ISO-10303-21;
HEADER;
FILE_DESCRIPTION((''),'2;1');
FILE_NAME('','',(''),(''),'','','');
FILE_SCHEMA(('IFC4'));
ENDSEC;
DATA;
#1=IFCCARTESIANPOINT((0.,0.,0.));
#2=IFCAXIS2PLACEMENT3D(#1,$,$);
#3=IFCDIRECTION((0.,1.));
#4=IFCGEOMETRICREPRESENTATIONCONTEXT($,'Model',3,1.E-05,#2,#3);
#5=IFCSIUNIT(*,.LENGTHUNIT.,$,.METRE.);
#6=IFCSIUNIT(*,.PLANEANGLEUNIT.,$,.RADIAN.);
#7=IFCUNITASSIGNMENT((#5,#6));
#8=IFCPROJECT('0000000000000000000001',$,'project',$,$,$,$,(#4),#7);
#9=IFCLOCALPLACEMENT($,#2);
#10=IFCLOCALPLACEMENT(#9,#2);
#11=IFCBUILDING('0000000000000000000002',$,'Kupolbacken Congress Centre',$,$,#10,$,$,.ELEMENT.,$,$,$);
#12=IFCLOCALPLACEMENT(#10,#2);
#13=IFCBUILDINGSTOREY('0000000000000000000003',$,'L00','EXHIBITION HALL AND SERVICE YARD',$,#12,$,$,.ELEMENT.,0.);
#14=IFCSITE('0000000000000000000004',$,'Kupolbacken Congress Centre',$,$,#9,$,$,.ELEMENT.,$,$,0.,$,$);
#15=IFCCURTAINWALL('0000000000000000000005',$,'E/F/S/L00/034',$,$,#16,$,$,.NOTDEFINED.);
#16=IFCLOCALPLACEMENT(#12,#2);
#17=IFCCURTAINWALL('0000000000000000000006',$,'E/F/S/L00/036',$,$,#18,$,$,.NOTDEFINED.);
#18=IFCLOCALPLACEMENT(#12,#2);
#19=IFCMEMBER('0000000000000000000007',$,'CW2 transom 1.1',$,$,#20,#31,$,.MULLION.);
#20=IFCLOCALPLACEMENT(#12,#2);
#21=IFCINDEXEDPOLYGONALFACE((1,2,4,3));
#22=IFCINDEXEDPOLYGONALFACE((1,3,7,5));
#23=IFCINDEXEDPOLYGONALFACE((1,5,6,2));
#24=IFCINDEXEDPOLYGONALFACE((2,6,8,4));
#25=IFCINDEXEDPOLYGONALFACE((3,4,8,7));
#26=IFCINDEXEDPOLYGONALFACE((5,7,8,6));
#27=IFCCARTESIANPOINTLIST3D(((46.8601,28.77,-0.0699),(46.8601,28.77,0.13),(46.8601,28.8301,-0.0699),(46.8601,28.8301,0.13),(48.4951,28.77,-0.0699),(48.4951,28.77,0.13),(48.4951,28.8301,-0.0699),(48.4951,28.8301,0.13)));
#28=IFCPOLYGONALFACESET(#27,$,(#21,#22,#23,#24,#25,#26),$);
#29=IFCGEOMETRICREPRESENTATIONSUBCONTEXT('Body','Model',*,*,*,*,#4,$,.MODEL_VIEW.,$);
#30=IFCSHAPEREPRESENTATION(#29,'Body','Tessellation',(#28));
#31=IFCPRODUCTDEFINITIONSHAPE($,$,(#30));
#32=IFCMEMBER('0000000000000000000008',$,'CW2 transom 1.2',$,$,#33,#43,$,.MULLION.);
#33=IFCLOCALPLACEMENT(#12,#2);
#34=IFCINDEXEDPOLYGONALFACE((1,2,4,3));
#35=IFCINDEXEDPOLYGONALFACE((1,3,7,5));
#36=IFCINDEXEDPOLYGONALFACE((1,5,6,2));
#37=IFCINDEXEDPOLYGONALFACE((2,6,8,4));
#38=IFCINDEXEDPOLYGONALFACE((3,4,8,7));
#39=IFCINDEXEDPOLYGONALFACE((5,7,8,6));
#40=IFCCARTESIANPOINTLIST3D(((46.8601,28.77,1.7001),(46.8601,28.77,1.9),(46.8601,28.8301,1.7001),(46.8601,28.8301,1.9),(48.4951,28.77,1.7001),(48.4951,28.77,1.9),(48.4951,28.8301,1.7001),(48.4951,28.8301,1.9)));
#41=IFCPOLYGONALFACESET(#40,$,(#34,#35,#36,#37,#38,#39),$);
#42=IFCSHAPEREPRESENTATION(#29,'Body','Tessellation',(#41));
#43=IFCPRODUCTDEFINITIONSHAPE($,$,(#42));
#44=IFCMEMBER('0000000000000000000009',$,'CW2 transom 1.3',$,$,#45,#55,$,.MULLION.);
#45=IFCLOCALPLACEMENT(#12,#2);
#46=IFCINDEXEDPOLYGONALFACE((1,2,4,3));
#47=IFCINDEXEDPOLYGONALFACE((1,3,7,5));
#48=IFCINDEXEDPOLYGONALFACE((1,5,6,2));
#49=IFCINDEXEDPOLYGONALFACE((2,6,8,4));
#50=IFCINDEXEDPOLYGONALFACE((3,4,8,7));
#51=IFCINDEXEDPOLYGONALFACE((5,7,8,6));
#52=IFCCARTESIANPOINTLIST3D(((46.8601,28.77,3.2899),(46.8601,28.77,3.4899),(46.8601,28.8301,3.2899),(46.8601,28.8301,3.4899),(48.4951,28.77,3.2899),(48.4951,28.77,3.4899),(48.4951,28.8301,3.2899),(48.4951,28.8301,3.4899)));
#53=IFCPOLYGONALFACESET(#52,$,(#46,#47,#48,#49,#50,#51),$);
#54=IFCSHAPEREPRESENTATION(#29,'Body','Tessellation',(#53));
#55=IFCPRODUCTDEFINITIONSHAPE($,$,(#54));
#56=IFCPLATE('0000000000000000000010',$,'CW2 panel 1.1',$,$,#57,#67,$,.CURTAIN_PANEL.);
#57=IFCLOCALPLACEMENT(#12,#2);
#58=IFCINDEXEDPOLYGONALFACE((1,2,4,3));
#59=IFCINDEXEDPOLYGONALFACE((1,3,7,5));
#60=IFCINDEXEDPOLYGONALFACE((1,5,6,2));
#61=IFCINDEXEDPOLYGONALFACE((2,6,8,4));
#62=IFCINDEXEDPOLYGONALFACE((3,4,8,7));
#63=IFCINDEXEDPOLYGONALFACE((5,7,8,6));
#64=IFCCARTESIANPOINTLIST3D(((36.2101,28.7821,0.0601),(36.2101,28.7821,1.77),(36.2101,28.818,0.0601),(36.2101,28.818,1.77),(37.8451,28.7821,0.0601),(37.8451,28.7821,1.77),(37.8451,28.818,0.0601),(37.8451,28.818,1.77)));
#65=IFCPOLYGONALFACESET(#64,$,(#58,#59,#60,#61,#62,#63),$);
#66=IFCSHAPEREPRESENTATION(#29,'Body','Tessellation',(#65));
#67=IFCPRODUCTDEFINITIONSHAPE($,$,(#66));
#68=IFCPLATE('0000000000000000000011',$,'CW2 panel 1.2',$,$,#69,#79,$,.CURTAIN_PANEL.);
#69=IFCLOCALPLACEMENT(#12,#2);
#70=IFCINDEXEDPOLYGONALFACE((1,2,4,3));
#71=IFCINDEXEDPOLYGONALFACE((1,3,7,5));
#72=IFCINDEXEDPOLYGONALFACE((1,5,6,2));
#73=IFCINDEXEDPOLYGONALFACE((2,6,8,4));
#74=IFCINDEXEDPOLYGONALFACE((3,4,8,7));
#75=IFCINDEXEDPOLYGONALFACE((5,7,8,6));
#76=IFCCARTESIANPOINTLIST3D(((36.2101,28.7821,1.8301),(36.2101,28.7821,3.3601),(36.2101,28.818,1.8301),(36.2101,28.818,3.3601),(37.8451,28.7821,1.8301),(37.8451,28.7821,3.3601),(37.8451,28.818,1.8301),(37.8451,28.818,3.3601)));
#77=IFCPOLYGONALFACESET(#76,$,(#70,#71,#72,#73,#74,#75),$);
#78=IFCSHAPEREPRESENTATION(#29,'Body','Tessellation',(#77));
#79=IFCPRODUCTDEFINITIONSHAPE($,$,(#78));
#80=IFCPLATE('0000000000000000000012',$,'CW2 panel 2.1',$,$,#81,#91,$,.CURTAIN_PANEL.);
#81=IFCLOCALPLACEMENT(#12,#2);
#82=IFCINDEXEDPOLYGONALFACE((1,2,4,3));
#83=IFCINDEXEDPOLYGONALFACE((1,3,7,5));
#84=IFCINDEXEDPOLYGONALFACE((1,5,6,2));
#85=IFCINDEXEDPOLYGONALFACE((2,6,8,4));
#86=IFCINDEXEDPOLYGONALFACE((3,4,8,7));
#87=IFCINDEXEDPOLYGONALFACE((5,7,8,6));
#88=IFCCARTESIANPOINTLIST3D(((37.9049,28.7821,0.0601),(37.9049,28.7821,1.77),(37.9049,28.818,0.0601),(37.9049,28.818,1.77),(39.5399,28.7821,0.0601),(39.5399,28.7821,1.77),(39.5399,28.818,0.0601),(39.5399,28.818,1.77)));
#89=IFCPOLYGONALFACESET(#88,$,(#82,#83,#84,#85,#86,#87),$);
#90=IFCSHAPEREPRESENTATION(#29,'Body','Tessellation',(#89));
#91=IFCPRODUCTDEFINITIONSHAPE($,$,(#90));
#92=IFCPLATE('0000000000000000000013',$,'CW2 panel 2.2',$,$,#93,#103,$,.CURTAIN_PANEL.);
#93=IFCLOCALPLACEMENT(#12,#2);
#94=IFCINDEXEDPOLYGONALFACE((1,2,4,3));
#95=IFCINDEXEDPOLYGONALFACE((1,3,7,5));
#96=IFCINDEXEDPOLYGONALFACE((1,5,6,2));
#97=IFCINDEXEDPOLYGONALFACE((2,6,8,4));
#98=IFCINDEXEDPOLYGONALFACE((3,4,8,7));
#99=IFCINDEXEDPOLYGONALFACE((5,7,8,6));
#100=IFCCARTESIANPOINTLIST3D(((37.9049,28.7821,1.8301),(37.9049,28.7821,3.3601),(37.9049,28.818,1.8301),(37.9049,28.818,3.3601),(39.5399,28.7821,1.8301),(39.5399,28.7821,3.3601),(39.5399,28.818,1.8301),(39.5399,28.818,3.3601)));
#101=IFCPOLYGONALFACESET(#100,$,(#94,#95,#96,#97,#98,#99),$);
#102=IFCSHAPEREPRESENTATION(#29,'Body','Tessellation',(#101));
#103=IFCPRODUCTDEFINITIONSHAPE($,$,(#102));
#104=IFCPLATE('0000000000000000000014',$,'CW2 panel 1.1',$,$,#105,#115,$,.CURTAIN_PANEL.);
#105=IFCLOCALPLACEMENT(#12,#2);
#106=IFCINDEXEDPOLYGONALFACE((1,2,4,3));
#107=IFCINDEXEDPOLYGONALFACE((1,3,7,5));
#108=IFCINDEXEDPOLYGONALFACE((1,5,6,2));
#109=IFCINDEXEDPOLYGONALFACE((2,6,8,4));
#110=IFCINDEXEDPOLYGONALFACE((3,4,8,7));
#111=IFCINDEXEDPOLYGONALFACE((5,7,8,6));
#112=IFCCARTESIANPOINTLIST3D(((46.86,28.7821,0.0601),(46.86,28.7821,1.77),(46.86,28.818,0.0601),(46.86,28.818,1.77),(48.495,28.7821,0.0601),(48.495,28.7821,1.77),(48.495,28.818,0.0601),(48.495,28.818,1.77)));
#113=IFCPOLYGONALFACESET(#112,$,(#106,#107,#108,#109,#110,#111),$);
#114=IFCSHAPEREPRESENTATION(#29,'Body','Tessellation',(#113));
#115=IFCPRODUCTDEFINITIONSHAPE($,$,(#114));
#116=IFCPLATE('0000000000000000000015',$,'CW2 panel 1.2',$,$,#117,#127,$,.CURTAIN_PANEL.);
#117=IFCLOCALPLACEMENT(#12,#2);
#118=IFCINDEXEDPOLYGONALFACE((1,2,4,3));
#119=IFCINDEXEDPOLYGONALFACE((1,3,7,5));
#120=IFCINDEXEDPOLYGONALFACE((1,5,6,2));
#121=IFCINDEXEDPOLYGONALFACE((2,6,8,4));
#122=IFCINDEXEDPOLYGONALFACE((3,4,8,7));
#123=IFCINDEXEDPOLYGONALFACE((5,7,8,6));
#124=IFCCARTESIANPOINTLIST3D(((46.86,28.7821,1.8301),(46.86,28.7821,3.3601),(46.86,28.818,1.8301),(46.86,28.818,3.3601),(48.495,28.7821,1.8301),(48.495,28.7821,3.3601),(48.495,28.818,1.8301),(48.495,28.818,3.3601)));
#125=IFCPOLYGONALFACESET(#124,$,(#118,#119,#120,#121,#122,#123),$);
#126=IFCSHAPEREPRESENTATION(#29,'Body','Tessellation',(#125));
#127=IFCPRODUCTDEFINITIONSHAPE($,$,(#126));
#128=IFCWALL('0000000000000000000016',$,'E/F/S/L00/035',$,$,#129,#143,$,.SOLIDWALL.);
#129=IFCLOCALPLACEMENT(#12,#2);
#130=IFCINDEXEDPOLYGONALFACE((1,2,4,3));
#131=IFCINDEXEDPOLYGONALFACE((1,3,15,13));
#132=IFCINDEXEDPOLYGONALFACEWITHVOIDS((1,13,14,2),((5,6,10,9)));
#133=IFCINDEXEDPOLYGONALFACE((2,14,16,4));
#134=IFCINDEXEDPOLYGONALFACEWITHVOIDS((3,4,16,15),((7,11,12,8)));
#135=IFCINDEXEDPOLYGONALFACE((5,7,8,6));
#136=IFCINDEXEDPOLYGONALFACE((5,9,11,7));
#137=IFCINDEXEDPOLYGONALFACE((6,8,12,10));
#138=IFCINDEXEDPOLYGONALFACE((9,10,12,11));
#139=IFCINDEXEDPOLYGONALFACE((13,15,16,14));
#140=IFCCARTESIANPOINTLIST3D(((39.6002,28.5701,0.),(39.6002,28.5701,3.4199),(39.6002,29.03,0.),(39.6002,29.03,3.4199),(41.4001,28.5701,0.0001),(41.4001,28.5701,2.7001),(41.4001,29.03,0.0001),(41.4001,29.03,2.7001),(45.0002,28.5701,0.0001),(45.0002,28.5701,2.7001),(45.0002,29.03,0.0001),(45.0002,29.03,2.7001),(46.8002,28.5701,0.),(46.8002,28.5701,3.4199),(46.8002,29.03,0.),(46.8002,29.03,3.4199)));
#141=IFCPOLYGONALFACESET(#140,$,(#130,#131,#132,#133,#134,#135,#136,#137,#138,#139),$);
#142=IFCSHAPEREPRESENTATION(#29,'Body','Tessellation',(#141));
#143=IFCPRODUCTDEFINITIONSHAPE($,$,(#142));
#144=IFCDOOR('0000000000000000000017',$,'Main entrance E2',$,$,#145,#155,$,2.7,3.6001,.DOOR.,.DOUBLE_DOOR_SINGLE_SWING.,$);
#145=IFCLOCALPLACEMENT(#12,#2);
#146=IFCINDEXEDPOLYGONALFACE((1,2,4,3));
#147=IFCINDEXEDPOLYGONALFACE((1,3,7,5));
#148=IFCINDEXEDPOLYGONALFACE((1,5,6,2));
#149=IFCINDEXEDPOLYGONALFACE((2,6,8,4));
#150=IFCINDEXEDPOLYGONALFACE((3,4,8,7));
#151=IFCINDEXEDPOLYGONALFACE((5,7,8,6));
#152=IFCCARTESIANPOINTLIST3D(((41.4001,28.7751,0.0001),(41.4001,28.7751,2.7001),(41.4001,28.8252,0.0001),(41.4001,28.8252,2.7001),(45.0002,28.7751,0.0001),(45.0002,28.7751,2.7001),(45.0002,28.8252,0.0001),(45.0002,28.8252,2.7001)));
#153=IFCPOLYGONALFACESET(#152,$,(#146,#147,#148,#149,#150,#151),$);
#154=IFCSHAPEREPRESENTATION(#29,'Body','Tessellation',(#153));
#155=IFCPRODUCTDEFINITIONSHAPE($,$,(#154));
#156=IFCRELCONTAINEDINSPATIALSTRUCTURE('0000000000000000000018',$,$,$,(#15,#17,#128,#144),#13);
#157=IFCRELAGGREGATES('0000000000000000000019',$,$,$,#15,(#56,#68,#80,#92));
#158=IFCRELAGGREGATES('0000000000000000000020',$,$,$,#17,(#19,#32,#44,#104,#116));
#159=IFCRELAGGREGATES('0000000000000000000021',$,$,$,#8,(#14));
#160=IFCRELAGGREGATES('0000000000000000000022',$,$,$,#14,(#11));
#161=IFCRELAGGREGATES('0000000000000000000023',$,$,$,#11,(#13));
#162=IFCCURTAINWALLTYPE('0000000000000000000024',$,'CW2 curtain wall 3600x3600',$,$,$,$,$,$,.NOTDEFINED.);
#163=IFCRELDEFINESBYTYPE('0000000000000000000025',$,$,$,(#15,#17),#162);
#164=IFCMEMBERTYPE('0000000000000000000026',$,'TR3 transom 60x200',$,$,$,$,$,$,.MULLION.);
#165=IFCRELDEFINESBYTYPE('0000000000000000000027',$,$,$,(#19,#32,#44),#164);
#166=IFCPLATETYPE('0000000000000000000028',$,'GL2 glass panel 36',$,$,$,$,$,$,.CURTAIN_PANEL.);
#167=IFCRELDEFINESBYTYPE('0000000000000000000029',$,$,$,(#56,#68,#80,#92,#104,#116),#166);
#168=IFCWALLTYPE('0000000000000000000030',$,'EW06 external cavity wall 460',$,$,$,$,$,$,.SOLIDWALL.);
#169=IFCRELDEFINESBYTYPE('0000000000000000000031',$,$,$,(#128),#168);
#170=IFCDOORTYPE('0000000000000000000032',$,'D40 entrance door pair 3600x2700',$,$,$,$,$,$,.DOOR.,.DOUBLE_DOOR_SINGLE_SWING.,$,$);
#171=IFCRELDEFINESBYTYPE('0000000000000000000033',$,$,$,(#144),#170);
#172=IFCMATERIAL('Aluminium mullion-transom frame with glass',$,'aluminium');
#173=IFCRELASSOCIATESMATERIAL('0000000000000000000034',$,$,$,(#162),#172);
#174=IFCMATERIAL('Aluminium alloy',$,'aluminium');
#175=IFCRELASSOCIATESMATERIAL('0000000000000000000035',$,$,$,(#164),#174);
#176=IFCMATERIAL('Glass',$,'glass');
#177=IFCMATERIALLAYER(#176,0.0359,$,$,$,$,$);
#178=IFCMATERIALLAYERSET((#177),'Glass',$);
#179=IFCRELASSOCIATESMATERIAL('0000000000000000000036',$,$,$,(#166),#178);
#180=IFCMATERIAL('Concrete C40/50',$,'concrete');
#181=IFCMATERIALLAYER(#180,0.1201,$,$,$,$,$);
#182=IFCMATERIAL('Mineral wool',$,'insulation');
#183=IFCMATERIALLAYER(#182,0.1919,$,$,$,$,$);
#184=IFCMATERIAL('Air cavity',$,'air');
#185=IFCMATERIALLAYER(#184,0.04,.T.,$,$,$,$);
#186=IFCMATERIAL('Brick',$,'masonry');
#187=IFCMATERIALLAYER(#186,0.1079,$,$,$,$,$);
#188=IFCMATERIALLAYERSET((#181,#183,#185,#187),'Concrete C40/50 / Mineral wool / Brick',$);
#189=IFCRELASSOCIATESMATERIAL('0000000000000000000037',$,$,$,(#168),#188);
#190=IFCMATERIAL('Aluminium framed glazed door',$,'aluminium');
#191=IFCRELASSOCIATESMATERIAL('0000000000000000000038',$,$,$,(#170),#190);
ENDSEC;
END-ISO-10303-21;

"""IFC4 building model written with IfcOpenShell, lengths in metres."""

from ifc_helpers import new_model, si_unit, direction, frame, frame_2d, origin, origin_2d, place, context, subcontext, project, spatial, rectangle, extrude, material, layer, layer_set, material_profile, profile_set, type_object, element, fill, aggregate, save


model = new_model("IFC4")

# Units and contexts
model_context = context("Model", 3, precision=1e-05, world=origin(), true_north=direction((0.0, 1.0)))
body_context = subcontext(model_context, "Body", "Model", "MODEL_VIEW")
ifc_project = project(units=[si_unit("LENGTHUNIT", "METRE"), si_unit("PLANEANGLEUNIT", "RADIAN")], contexts=[model_context])

# Site, building, storey
site_placement = place(None, origin())
site = spatial("IfcSite", under=ifc_project, at=site_placement, Name="Kupolbacken Congress Centre", CompositionType="ELEMENT", RefElevation=0.0)
building_placement = place(site_placement, origin())
building = spatial("IfcBuilding", under=site, at=building_placement, Name="Kupolbacken Congress Centre", CompositionType="ELEMENT")
storey_placement = place(building_placement, origin())
storey = spatial("IfcBuildingStorey", under=building, at=storey_placement, Name="L00", Description="EXHIBITION HALL AND SERVICE YARD", CompositionType="ELEMENT", Elevation=0.0)

# Curtain walls
ifc_material_1 = material(Name="Aluminium mullion-transom frame with glass", Category="aluminium")
curtain_wall_type = type_object("IfcCurtainWallType", Name="CW2 curtain wall 3600x3600", PredefinedType="NOTDEFINED", material=ifc_material_1)
curtain_wall_1_placement = place(storey_placement, origin())
curtain_wall_1 = element("IfcCurtainWall", 1, at=curtain_wall_1_placement, inside=storey, type_object=curtain_wall_type, Name="E/F/S/L00/034", PredefinedType="NOTDEFINED")
curtain_wall_2_placement = place(storey_placement, origin())
curtain_wall_2 = element("IfcCurtainWall", 2, at=curtain_wall_2_placement, inside=storey, type_object=curtain_wall_type, Name="E/F/S/L00/036", PredefinedType="NOTDEFINED")

# Members
ifc_material_2 = material(Name="Aluminium alloy", Category="aluminium")
ifc_material_profile_1 = material_profile(ifc_material_2, rectangle(XDim=0.0601, YDim=0.2, at=origin_2d()), Name="60 x 200")
ifc_profile_set_1 = profile_set([ifc_material_profile_1], Name="Aluminium alloy")
member_type_1 = type_object("IfcMemberType", Name="TR3 transom 60x200", PredefinedType="MULLION", material=ifc_profile_set_1)
member_1_placement = place(storey_placement, frame((46.8601, 28.8, 0.03), z_axis=(1.0, 0.0, 0.0), x_axis=(0.0, 1.0, 0.0)))
member_1 = element("IfcMember", 3, at=member_1_placement, type_object=member_type_1, Name="CW2 transom 1.1", PredefinedType="MULLION", context=body_context, shape_type="SweptSolid", body=[
    extrude(rectangle(XDim=0.0601, YDim=0.2, at=origin_2d()), origin(), (0.0, 0.0, 1.0), 1.635),
])
member_2_placement = place(storey_placement, frame((46.8601, 28.8, 1.8), z_axis=(1.0, 0.0, 0.0), x_axis=(0.0, 1.0, 0.0)))
member_2 = element("IfcMember", 4, at=member_2_placement, type_object=member_type_1, Name="CW2 transom 1.2", PredefinedType="MULLION", context=body_context, shape_type="SweptSolid", body=[
    extrude(rectangle(XDim=0.0601, YDim=0.2, at=origin_2d()), origin(), (0.0, 0.0, 1.0), 1.635),
])
member_3_placement = place(storey_placement, frame((46.8601, 28.8, 3.3899), z_axis=(1.0, 0.0, 0.0), x_axis=(0.0, 1.0, 0.0)))
member_3 = element("IfcMember", 5, at=member_3_placement, type_object=member_type_1, Name="CW2 transom 1.3", PredefinedType="MULLION", context=body_context, shape_type="SweptSolid", body=[
    extrude(rectangle(XDim=0.0601, YDim=0.2, at=origin_2d()), origin(), (0.0, 0.0, 1.0), 1.635),
])

# Plates
ifc_material_3 = material(Name="Glass", Category="glass")
ifc_layer_1 = layer(ifc_material_3, 0.0359)
ifc_layer_set_1 = layer_set([ifc_layer_1], Name="Glass")
plate_type = type_object("IfcPlateType", Name="GL2 glass panel 36", PredefinedType="CURTAIN_PANEL", material=ifc_layer_set_1)
plate_1_placement = place(storey_placement, frame((37.0276, 28.8, 0.0601), z_axis=(0.0, 0.0, 1.0), x_axis=(1.0, 0.0, 0.0)))
plate_1 = element("IfcPlate", 6, at=plate_1_placement, type_object=plate_type, Name="CW2 panel 1.1", PredefinedType="CURTAIN_PANEL", context=body_context, shape_type="SweptSolid", body=[
    extrude(rectangle(XDim=1.635, YDim=0.0359, at=origin_2d()), origin(), (0.0, 0.0, 1.0), 1.71),
])
plate_2_placement = place(storey_placement, frame((37.0276, 28.8, 1.8301), z_axis=(0.0, 0.0, 1.0), x_axis=(1.0, 0.0, 0.0)))
plate_2 = element("IfcPlate", 7, at=plate_2_placement, type_object=plate_type, Name="CW2 panel 1.2", PredefinedType="CURTAIN_PANEL", context=body_context, shape_type="SweptSolid", body=[
    extrude(rectangle(XDim=1.635, YDim=0.0359, at=origin_2d()), origin(), (0.0, 0.0, 1.0), 1.53),
])
plate_3_placement = place(storey_placement, frame((38.7224, 28.8, 0.0601), z_axis=(0.0, 0.0, 1.0), x_axis=(1.0, 0.0, 0.0)))
plate_3 = element("IfcPlate", 8, at=plate_3_placement, type_object=plate_type, Name="CW2 panel 2.1", PredefinedType="CURTAIN_PANEL", context=body_context, shape_type="SweptSolid", body=[
    extrude(rectangle(XDim=1.635, YDim=0.0359, at=origin_2d()), origin(), (0.0, 0.0, 1.0), 1.71),
])
plate_4_placement = place(storey_placement, frame((38.7224, 28.8, 1.8301), z_axis=(0.0, 0.0, 1.0), x_axis=(1.0, 0.0, 0.0)))
plate_4 = element("IfcPlate", 9, at=plate_4_placement, type_object=plate_type, Name="CW2 panel 2.2", PredefinedType="CURTAIN_PANEL", context=body_context, shape_type="SweptSolid", body=[
    extrude(rectangle(XDim=1.635, YDim=0.0359, at=origin_2d()), origin(), (0.0, 0.0, 1.0), 1.53),
])
aggregate(curtain_wall_1, [plate_1, plate_2, plate_3, plate_4])
plate_5_placement = place(storey_placement, frame((47.6775, 28.8, 0.0601), z_axis=(0.0, 0.0, 1.0), x_axis=(1.0, 0.0, 0.0)))
plate_5 = element("IfcPlate", 10, at=plate_5_placement, type_object=plate_type, Name="CW2 panel 1.1", PredefinedType="CURTAIN_PANEL", context=body_context, shape_type="SweptSolid", body=[
    extrude(rectangle(XDim=1.635, YDim=0.0359, at=origin_2d()), origin(), (0.0, 0.0, 1.0), 1.71),
])
plate_6_placement = place(storey_placement, frame((47.6775, 28.8, 1.8301), z_axis=(0.0, 0.0, 1.0), x_axis=(1.0, 0.0, 0.0)))
plate_6 = element("IfcPlate", 11, at=plate_6_placement, type_object=plate_type, Name="CW2 panel 1.2", PredefinedType="CURTAIN_PANEL", context=body_context, shape_type="SweptSolid", body=[
    extrude(rectangle(XDim=1.635, YDim=0.0359, at=origin_2d()), origin(), (0.0, 0.0, 1.0), 1.53),
])
aggregate(curtain_wall_2, [member_1, member_2, member_3, plate_5, plate_6])

# Wall, opening, door
ifc_material_4 = material(Name="Concrete C40/50", Category="concrete")
ifc_layer_2 = layer(ifc_material_4, 0.1201)
ifc_material_5 = material(Name="Mineral wool", Category="insulation")
ifc_layer_3 = layer(ifc_material_5, 0.1919)
ifc_material_6 = material(Name="Air cavity", Category="air")
ifc_layer_4 = layer(ifc_material_6, 0.04, ventilated=True)
ifc_material_7 = material(Name="Brick", Category="masonry")
ifc_layer_5 = layer(ifc_material_7, 0.1079)
ifc_layer_set_2 = layer_set([ifc_layer_2, ifc_layer_3, ifc_layer_4, ifc_layer_5], Name="Concrete C40/50 / Mineral wool / Brick")
wall_type = type_object("IfcWallType", Name="EW06 external cavity wall 460", PredefinedType="SOLIDWALL", material=ifc_layer_set_2)
wall_placement = place(storey_placement, frame((39.6001, 28.8, 0.0), z_axis=(0.0, 0.0, 1.0), x_axis=(1.0, 0.0, 0.0)))
wall = element("IfcWall", 12, at=wall_placement, inside=storey, type_object=wall_type, Name="E/F/S/L00/035", PredefinedType="SOLIDWALL", context=body_context, shape_type="SweptSolid", body=[
    extrude(rectangle(XDim=7.2, YDim=0.46, at=frame_2d((3.6001, 0.0))), origin(), (0.0, 0.0, 1.0), 3.4199),
])
opening_placement = place(wall_placement, frame((1.8, 0.0, 0.0)))
opening = element("IfcOpeningElement", 13, at=opening_placement, cuts=wall, PredefinedType="OPENING", context=body_context, shape_type="SweptSolid", body=[
    extrude(rectangle(XDim=3.6001, YDim=2.7, at=frame_2d((1.8, 1.3501))), frame((0.0, 0.24, 0.0), z_axis=(0.0, -1.0, 0.0), x_axis=(1.0, 0.0, 0.0)), (0.0, 0.0, 1.0), 0.48),
])
ifc_material_8 = material(Name="Aluminium framed glazed door", Category="aluminium")
door_type = type_object("IfcDoorType", Name="D40 entrance door pair 3600x2700", OperationType="DOUBLE_DOOR_SINGLE_SWING", PredefinedType="DOOR", material=ifc_material_8)
door_placement = place(opening_placement, frame((3.6001, 0.0, 0.0), z_axis=(0.0, 0.0, 1.0), x_axis=(-1.0, 0.0, 0.0)))
door = element("IfcDoor", 14, at=door_placement, inside=storey, type_object=door_type, Name="Main entrance E2", OperationType="DOUBLE_DOOR_SINGLE_SWING", OverallHeight=2.7, OverallWidth=3.6001, PredefinedType="DOOR", context=body_context, shape_type="SweptSolid", body=[
    extrude(rectangle(XDim=3.6001, YDim=2.7, at=frame_2d((1.8, 1.3501))), frame((0.0, 0.0249, 0.0), z_axis=(0.0, -1.0, 0.0), x_axis=(1.0, 0.0, 0.0)), (0.0, 0.0, 1.0), 0.05),
])
fill(opening, door)

save(model, "model.ifc")
